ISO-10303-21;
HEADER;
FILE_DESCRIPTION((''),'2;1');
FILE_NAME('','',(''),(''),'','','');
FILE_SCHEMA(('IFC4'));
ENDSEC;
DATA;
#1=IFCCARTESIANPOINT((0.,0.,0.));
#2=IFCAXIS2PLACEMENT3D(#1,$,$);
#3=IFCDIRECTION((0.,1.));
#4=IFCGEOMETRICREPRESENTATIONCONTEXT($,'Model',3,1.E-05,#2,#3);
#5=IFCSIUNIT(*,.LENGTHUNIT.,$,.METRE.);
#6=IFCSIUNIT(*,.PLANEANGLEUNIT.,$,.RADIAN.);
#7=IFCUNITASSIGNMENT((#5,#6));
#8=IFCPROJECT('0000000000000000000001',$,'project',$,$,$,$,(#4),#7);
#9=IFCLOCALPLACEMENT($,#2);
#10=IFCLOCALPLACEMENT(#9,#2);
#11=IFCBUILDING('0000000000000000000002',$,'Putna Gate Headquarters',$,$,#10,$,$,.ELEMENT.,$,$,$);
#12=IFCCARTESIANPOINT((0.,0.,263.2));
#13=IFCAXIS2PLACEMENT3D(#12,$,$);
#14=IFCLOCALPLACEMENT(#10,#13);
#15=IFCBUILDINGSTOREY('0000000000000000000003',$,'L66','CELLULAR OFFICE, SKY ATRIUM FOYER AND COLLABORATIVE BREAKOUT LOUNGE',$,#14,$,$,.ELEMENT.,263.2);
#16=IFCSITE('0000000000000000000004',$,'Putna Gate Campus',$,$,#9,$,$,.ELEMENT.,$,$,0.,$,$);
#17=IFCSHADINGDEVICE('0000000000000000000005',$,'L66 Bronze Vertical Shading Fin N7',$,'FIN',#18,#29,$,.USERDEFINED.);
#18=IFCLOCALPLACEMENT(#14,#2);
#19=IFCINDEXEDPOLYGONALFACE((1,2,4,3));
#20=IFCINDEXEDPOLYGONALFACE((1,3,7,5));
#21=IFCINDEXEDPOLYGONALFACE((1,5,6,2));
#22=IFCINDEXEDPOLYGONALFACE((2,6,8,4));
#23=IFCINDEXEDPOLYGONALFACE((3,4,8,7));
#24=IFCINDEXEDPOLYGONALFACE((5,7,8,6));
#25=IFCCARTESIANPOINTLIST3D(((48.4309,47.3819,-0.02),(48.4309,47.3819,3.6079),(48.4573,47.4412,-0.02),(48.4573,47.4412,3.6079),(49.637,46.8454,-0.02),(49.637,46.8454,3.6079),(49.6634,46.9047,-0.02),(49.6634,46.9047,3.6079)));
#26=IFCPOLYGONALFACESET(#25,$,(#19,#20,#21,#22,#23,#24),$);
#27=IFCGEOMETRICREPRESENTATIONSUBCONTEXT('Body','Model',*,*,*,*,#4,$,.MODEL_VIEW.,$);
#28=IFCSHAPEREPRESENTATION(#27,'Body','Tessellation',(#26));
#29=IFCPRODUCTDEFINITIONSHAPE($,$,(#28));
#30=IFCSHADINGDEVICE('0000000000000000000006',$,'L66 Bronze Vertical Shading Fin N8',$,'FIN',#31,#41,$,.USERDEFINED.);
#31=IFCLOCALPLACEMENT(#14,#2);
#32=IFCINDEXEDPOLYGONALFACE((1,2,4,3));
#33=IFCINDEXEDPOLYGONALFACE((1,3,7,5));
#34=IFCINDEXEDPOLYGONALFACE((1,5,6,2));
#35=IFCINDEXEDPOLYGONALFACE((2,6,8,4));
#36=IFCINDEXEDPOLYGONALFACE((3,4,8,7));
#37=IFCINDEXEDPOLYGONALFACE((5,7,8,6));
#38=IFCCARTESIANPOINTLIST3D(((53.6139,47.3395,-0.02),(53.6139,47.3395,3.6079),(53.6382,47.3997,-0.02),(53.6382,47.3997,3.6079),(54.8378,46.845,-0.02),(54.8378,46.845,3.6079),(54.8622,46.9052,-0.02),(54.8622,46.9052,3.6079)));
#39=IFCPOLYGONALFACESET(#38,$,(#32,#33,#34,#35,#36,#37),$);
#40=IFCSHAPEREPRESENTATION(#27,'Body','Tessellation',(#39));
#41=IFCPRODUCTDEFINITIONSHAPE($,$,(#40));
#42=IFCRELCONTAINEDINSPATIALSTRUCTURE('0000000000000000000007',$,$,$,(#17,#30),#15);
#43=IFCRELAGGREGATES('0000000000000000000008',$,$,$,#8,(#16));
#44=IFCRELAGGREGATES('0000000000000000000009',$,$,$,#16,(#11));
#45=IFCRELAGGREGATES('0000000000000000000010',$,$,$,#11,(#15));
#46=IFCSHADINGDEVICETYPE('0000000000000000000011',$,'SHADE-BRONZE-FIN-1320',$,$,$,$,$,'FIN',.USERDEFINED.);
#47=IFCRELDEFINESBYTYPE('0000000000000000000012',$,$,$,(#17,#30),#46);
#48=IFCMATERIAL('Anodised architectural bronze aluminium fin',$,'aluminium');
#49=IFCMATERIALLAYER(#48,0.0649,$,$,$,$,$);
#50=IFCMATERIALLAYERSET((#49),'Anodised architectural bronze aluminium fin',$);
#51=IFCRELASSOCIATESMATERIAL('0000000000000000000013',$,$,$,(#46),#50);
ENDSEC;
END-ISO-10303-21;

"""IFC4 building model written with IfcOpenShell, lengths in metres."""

from ifc_helpers import new_model, si_unit, direction, frame, origin, origin_2d, place, context, subcontext, project, spatial, rectangle, extrude, material, layer, layer_set, type_object, element, save


model = new_model("IFC4")

# Units and contexts
model_context = context("Model", 3, precision=1e-05, world=origin(), true_north=direction((0.0, 1.0)))
body_context = subcontext(model_context, "Body", "Model", "MODEL_VIEW")
ifc_project = project(units=[si_unit("LENGTHUNIT", "METRE"), si_unit("PLANEANGLEUNIT", "RADIAN")], contexts=[model_context])

# Site, building, storey
site_placement = place(None, origin())
site = spatial("IfcSite", under=ifc_project, at=site_placement, Name="Putna Gate Campus", CompositionType="ELEMENT", RefElevation=0.0)
building_placement = place(site_placement, origin())
building = spatial("IfcBuilding", under=site, at=building_placement, Name="Putna Gate Headquarters", CompositionType="ELEMENT")
storey_placement = place(building_placement, frame((0.0, 0.0, 263.2)))
storey = spatial("IfcBuildingStorey", under=building, at=storey_placement, Name="L66", Description="CELLULAR OFFICE, SKY ATRIUM FOYER AND COLLABORATIVE BREAKOUT LOUNGE", CompositionType="ELEMENT", Elevation=263.2)

# Shading devices
ifc_material_1 = material(Name="Anodised architectural bronze aluminium fin", Category="aluminium")
ifc_layer_1 = layer(ifc_material_1, 0.0649)
ifc_layer_set_1 = layer_set([ifc_layer_1], Name="Anodised architectural bronze aluminium fin")
shading_device_type = type_object("IfcShadingDeviceType", Name="SHADE-BRONZE-FIN-1320", ElementType="FIN", PredefinedType="USERDEFINED", material=ifc_layer_set_1)
for number, where, z_axis, x_axis, name in (
    (1, (49.0471, 47.1433, -0.02), (0.0, 0.0, 1.0), (-0.913687, 0.406418, 0.0), "L66 Bronze Vertical Shading Fin N7"),
    (2, (54.238, 47.1223, -0.02), (0.0, 0.0, 1.0), (-0.927184, 0.374607, 0.0), "L66 Bronze Vertical Shading Fin N8"),
):
    element("IfcShadingDevice", number, at=place(storey_placement, frame(where, z_axis=z_axis, x_axis=x_axis)), inside=storey, type_object=shading_device_type, Name=name, ObjectType="FIN", PredefinedType="USERDEFINED", context=body_context, shape_type="SweptSolid", body=[
        extrude(rectangle(XDim=1.3201, YDim=0.0649, at=origin_2d()), origin(), (0.0, 0.0, 1.0), 3.6279),
    ])

save(model, "model.ifc")
